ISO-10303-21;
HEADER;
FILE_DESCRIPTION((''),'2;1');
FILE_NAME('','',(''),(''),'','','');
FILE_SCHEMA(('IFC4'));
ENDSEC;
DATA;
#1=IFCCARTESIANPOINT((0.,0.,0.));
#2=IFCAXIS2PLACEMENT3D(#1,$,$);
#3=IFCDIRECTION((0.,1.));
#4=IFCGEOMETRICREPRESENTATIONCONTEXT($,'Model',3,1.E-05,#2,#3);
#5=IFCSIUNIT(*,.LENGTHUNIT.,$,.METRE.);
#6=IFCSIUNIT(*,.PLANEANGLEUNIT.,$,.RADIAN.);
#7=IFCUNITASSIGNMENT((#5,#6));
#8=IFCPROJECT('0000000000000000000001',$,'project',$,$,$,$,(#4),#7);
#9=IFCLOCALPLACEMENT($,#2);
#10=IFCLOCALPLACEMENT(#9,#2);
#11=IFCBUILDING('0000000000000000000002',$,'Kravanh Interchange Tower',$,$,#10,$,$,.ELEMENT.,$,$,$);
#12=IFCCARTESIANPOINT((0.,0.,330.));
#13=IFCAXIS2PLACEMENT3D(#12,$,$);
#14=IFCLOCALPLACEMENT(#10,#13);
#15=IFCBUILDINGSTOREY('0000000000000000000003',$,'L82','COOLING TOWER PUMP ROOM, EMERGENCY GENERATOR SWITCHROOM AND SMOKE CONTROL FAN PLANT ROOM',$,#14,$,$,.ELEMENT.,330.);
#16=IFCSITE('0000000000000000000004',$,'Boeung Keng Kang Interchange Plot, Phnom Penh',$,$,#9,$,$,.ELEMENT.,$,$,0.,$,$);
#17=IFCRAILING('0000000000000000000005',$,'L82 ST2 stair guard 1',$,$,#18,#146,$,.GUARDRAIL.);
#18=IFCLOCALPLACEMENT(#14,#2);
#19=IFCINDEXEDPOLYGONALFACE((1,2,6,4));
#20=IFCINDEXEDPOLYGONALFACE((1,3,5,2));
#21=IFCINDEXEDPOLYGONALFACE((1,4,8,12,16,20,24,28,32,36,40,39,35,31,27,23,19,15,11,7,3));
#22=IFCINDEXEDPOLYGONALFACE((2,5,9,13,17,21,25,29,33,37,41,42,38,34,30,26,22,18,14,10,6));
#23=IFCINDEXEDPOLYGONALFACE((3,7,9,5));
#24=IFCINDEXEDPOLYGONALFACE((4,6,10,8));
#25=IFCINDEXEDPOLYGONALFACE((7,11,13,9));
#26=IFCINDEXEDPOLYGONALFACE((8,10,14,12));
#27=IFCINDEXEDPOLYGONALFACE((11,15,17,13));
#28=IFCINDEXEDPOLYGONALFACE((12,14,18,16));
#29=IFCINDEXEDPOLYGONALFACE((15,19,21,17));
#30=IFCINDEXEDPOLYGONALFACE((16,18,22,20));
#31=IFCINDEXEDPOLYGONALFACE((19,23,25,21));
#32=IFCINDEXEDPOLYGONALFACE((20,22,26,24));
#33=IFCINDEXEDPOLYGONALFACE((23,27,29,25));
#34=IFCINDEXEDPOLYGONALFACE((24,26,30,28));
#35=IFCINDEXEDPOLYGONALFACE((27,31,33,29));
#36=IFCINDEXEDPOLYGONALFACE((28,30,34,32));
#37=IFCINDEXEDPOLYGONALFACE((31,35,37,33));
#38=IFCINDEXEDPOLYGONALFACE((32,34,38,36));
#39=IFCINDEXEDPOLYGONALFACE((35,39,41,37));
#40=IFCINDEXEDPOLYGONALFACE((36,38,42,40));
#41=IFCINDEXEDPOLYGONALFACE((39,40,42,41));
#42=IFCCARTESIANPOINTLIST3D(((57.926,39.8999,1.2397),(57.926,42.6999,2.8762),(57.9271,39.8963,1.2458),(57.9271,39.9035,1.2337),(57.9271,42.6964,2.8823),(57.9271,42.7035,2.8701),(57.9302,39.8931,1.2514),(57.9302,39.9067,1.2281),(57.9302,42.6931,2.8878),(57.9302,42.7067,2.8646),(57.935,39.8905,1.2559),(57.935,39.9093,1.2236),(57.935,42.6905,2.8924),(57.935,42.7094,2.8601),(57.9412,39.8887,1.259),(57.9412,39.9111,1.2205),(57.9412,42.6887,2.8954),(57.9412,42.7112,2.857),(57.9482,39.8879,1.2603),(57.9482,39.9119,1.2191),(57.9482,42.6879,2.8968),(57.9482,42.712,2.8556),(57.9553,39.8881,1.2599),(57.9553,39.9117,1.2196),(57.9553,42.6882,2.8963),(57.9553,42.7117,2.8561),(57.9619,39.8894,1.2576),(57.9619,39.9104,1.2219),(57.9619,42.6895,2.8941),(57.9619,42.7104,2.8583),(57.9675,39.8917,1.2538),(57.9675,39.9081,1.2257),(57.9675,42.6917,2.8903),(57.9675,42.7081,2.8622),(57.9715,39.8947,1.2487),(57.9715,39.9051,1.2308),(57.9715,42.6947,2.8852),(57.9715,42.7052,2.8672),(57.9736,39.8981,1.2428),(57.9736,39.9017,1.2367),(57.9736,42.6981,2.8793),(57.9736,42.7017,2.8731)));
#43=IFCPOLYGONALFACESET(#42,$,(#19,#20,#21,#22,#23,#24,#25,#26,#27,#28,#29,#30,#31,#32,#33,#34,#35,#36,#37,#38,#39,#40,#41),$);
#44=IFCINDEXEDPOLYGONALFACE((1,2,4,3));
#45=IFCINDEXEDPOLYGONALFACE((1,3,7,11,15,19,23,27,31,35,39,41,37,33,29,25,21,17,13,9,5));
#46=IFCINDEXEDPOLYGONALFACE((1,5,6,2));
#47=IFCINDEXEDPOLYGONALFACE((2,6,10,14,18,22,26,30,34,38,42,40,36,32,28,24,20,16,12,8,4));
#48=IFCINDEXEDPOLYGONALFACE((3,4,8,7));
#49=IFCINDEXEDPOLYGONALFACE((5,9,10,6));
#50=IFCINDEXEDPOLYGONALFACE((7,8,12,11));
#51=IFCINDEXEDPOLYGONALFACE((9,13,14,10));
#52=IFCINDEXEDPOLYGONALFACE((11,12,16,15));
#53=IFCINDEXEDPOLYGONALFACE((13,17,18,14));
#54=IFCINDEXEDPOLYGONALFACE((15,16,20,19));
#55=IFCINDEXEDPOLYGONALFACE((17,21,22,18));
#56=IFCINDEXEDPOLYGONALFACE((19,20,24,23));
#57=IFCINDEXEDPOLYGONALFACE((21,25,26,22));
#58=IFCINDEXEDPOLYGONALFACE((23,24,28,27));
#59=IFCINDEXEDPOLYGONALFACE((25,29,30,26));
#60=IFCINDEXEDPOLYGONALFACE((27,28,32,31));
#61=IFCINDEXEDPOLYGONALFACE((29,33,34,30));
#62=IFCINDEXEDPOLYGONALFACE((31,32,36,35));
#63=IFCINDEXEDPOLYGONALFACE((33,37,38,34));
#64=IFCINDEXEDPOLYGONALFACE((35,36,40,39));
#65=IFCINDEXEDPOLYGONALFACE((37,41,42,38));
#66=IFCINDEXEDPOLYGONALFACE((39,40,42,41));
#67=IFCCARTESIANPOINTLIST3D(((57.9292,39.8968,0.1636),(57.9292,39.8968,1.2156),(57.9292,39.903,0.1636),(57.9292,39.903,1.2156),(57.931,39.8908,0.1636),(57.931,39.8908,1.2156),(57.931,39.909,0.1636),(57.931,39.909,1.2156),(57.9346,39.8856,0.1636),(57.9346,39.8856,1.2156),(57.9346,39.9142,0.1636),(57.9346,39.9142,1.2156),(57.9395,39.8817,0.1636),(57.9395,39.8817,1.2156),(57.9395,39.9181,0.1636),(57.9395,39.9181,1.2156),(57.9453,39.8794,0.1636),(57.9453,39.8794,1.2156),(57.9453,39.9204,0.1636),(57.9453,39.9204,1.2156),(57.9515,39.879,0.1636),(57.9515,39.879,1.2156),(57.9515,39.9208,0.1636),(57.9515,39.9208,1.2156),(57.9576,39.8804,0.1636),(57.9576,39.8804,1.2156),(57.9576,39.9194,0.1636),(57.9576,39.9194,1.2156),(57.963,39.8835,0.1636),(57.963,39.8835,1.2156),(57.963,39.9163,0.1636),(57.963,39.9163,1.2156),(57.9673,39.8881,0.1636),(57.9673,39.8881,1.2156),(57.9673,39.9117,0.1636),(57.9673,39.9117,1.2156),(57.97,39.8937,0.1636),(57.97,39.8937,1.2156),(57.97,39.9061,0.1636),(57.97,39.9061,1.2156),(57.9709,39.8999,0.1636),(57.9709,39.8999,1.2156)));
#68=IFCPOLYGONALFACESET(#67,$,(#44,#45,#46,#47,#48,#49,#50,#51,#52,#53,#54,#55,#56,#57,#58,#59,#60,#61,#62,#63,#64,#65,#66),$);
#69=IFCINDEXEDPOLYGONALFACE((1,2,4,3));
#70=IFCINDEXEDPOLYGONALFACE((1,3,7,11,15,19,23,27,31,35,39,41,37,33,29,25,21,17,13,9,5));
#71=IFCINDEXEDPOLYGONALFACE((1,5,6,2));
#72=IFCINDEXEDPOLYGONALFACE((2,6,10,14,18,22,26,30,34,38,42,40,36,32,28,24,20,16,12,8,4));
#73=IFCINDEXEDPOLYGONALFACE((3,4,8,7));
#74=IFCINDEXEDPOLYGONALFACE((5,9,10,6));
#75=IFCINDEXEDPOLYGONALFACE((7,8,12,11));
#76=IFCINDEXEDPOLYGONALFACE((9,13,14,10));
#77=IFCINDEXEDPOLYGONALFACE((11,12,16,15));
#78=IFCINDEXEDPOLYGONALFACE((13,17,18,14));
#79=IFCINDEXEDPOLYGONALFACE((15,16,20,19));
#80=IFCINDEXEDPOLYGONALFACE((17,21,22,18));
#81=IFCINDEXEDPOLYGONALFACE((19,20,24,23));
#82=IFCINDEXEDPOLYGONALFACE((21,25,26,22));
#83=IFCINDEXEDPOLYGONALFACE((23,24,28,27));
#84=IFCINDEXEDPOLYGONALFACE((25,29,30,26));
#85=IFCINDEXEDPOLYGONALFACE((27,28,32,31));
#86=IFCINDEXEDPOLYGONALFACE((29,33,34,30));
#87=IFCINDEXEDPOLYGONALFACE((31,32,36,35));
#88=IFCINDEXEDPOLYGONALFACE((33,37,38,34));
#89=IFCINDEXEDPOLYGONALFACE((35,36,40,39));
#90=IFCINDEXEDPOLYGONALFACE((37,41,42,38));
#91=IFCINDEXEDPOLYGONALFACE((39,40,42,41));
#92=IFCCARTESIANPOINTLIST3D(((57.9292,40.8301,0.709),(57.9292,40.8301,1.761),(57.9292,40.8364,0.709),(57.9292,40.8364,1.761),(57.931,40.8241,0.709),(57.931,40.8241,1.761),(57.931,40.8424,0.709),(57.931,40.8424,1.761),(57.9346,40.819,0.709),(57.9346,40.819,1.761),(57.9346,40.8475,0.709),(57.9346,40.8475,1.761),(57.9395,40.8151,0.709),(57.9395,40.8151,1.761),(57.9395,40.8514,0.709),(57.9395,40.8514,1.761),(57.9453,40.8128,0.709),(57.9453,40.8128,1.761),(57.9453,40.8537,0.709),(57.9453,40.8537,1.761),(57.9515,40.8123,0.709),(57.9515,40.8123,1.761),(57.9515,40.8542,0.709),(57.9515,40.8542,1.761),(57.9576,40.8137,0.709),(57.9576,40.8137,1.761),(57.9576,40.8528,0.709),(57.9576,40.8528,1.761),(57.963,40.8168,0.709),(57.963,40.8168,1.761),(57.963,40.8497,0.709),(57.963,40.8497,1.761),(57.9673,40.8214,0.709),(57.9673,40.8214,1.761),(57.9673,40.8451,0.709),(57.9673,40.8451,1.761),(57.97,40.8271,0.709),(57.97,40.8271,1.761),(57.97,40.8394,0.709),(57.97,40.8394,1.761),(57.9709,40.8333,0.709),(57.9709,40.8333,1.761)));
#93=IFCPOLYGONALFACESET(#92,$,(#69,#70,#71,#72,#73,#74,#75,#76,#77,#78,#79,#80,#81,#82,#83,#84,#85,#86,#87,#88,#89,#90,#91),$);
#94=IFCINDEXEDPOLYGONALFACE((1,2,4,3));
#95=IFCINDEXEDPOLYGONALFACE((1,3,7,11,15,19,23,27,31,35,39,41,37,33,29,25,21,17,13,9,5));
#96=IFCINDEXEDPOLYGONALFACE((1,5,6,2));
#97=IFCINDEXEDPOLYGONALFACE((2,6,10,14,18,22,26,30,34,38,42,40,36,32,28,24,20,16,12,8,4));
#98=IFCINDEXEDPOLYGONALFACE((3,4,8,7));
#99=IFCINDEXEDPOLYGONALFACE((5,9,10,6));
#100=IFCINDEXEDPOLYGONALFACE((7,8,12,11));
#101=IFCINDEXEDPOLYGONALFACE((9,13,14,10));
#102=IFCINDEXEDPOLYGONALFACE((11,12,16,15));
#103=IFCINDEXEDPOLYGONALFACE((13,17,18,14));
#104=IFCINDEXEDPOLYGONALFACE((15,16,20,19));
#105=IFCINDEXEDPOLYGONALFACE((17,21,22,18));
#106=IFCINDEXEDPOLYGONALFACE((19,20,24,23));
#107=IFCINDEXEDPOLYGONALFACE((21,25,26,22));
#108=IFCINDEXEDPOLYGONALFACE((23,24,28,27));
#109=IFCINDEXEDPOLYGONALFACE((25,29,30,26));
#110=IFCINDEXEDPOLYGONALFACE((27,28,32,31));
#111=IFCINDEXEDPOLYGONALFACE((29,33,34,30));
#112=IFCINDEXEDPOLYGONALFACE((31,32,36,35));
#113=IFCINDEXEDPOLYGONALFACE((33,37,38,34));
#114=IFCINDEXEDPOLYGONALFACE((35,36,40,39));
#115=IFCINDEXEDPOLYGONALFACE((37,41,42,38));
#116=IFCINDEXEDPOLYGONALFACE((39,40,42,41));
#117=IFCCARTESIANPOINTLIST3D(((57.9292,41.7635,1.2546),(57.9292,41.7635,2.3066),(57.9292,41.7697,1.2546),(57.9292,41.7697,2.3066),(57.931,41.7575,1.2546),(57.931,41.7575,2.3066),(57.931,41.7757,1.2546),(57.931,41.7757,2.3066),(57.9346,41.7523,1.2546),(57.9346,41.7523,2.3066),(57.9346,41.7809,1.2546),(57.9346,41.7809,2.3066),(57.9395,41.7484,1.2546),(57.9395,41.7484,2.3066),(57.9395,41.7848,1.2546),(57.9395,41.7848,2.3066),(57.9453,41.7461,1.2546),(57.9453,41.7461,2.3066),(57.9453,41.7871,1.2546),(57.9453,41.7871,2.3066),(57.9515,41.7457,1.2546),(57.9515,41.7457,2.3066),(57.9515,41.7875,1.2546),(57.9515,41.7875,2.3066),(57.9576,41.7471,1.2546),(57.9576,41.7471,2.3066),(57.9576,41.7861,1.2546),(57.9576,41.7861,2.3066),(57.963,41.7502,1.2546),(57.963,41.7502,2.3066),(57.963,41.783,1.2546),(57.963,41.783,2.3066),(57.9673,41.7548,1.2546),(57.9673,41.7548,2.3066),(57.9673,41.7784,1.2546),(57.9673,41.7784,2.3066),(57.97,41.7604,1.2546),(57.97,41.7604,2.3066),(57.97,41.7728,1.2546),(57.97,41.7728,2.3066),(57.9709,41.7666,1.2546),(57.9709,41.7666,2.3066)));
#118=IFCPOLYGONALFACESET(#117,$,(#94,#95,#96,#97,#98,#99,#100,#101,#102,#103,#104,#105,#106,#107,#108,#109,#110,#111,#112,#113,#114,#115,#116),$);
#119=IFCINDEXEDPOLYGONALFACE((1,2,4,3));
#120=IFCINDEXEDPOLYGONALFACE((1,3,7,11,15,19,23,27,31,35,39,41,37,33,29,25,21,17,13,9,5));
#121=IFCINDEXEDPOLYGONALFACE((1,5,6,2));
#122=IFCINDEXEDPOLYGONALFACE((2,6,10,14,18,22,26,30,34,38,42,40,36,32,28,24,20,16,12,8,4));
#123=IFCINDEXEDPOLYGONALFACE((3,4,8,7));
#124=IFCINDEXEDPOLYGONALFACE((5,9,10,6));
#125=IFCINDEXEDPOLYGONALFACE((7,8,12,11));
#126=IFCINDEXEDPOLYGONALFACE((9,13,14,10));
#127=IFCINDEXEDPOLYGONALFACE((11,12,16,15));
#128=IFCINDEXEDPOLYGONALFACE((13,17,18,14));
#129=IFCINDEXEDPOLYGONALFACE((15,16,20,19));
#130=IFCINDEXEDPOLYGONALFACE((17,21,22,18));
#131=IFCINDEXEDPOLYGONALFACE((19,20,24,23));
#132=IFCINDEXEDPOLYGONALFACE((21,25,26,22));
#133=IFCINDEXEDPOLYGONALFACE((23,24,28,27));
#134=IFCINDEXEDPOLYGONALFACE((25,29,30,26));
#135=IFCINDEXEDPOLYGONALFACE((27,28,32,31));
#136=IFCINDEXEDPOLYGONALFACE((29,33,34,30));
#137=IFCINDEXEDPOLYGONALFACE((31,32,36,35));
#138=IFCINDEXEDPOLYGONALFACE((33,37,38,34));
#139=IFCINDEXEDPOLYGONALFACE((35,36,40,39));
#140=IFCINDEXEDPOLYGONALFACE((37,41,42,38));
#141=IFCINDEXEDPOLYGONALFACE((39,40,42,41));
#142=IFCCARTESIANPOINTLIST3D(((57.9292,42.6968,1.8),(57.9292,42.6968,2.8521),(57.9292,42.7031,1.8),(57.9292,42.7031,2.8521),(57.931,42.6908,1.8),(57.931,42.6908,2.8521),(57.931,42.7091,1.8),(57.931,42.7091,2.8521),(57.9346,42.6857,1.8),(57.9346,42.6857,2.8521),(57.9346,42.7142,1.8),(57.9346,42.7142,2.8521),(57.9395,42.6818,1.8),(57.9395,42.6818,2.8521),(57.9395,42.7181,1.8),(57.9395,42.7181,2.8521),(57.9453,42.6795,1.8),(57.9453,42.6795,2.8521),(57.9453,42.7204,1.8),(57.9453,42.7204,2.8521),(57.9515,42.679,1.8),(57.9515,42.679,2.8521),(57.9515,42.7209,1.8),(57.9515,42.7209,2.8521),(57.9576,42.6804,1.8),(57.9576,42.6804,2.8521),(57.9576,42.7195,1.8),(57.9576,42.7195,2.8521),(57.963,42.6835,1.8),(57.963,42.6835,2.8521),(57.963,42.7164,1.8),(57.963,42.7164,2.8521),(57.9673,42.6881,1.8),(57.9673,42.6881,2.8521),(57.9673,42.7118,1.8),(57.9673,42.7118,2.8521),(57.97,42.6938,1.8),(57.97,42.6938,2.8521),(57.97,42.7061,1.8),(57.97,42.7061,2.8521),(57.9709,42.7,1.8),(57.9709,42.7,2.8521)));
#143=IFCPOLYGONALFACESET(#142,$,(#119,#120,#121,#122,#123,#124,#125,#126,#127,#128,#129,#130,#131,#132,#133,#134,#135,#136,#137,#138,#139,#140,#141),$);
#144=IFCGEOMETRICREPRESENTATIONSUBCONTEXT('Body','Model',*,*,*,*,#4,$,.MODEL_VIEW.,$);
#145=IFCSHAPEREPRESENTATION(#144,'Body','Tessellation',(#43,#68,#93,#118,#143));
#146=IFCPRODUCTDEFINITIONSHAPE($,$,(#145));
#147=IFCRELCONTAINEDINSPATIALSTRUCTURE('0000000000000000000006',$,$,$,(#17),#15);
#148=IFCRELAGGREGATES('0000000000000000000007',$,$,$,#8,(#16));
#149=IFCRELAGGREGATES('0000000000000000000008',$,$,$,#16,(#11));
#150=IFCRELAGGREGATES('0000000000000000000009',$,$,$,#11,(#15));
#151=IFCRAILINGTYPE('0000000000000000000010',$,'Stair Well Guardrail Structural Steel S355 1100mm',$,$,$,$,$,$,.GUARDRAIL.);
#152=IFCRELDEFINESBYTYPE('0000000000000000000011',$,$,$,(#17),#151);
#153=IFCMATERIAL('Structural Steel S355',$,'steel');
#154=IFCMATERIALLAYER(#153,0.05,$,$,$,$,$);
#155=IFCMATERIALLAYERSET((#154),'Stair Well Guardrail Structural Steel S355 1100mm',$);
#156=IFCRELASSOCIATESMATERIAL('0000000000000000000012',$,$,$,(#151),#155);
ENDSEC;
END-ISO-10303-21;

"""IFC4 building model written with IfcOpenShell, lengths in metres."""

from ifc_helpers import new_model, si_unit, direction, frame, origin, origin_2d, place, context, subcontext, project, spatial, circle, extrude, material, layer, layer_set, type_object, element, save


model = new_model("IFC4")

# Units and contexts
model_context = context("Model", 3, precision=1e-05, world=origin(), true_north=direction((0.0, 1.0)))
body_context = subcontext(model_context, "Body", "Model", "MODEL_VIEW")
ifc_project = project(units=[si_unit("LENGTHUNIT", "METRE"), si_unit("PLANEANGLEUNIT", "RADIAN")], contexts=[model_context])

# Site, building, storey
site_placement = place(None, origin())
site = spatial("IfcSite", under=ifc_project, at=site_placement, Name="Boeung Keng Kang Interchange Plot, Phnom Penh", CompositionType="ELEMENT", RefElevation=0.0)
building_placement = place(site_placement, origin())
building = spatial("IfcBuilding", under=site, at=building_placement, Name="Kravanh Interchange Tower", CompositionType="ELEMENT")
storey_placement = place(building_placement, frame((0.0, 0.0, 330.0)))
storey = spatial("IfcBuildingStorey", under=building, at=storey_placement, Name="L82", Description="COOLING TOWER PUMP ROOM, EMERGENCY GENERATOR SWITCHROOM AND SMOKE CONTROL FAN PLANT ROOM", CompositionType="ELEMENT", Elevation=330.0)

# Railing
ifc_material_1 = material(Name="Structural Steel S355", Category="steel")
ifc_layer_1 = layer(ifc_material_1, 0.05)
ifc_layer_set_1 = layer_set([ifc_layer_1], Name="Stair Well Guardrail Structural Steel S355 1100mm")
railing_type_1 = type_object("IfcRailingType", Name="Stair Well Guardrail Structural Steel S355 1100mm", PredefinedType="GUARDRAIL", material=ifc_layer_set_1)
railing_1_placement = place(storey_placement, frame((57.95, 39.8999, 0.1636)))
element("IfcRailing", 1, at=railing_1_placement, inside=storey, type_object=railing_type_1, Name="L82 ST2 stair guard 1", PredefinedType="GUARDRAIL", context=body_context, shape_type="SweptSolid", body=[
    extrude(circle(Radius=0.0239, at=origin_2d()), frame((0.0, 0.0, 1.0762), z_axis=(0.0, 0.863361, 0.504587), x_axis=(-1.0, 0.0, 0.0)), (0.0, 0.0, 1.0), 3.2432),
    extrude(circle(Radius=0.021, at=origin_2d()), origin(), (0.0, 0.0, 1.0), 1.052),
    extrude(circle(Radius=0.021, at=origin_2d()), frame((0.0, 0.9333, 0.5454)), (0.0, 0.0, 1.0), 1.052),
    extrude(circle(Radius=0.021, at=origin_2d()), frame((0.0, 1.8667, 1.0911)), (0.0, 0.0, 1.0), 1.052),
    extrude(circle(Radius=0.021, at=origin_2d()), frame((0.0, 2.8, 1.6365)), (0.0, 0.0, 1.0), 1.052),
])

save(model, "model.ifc")
